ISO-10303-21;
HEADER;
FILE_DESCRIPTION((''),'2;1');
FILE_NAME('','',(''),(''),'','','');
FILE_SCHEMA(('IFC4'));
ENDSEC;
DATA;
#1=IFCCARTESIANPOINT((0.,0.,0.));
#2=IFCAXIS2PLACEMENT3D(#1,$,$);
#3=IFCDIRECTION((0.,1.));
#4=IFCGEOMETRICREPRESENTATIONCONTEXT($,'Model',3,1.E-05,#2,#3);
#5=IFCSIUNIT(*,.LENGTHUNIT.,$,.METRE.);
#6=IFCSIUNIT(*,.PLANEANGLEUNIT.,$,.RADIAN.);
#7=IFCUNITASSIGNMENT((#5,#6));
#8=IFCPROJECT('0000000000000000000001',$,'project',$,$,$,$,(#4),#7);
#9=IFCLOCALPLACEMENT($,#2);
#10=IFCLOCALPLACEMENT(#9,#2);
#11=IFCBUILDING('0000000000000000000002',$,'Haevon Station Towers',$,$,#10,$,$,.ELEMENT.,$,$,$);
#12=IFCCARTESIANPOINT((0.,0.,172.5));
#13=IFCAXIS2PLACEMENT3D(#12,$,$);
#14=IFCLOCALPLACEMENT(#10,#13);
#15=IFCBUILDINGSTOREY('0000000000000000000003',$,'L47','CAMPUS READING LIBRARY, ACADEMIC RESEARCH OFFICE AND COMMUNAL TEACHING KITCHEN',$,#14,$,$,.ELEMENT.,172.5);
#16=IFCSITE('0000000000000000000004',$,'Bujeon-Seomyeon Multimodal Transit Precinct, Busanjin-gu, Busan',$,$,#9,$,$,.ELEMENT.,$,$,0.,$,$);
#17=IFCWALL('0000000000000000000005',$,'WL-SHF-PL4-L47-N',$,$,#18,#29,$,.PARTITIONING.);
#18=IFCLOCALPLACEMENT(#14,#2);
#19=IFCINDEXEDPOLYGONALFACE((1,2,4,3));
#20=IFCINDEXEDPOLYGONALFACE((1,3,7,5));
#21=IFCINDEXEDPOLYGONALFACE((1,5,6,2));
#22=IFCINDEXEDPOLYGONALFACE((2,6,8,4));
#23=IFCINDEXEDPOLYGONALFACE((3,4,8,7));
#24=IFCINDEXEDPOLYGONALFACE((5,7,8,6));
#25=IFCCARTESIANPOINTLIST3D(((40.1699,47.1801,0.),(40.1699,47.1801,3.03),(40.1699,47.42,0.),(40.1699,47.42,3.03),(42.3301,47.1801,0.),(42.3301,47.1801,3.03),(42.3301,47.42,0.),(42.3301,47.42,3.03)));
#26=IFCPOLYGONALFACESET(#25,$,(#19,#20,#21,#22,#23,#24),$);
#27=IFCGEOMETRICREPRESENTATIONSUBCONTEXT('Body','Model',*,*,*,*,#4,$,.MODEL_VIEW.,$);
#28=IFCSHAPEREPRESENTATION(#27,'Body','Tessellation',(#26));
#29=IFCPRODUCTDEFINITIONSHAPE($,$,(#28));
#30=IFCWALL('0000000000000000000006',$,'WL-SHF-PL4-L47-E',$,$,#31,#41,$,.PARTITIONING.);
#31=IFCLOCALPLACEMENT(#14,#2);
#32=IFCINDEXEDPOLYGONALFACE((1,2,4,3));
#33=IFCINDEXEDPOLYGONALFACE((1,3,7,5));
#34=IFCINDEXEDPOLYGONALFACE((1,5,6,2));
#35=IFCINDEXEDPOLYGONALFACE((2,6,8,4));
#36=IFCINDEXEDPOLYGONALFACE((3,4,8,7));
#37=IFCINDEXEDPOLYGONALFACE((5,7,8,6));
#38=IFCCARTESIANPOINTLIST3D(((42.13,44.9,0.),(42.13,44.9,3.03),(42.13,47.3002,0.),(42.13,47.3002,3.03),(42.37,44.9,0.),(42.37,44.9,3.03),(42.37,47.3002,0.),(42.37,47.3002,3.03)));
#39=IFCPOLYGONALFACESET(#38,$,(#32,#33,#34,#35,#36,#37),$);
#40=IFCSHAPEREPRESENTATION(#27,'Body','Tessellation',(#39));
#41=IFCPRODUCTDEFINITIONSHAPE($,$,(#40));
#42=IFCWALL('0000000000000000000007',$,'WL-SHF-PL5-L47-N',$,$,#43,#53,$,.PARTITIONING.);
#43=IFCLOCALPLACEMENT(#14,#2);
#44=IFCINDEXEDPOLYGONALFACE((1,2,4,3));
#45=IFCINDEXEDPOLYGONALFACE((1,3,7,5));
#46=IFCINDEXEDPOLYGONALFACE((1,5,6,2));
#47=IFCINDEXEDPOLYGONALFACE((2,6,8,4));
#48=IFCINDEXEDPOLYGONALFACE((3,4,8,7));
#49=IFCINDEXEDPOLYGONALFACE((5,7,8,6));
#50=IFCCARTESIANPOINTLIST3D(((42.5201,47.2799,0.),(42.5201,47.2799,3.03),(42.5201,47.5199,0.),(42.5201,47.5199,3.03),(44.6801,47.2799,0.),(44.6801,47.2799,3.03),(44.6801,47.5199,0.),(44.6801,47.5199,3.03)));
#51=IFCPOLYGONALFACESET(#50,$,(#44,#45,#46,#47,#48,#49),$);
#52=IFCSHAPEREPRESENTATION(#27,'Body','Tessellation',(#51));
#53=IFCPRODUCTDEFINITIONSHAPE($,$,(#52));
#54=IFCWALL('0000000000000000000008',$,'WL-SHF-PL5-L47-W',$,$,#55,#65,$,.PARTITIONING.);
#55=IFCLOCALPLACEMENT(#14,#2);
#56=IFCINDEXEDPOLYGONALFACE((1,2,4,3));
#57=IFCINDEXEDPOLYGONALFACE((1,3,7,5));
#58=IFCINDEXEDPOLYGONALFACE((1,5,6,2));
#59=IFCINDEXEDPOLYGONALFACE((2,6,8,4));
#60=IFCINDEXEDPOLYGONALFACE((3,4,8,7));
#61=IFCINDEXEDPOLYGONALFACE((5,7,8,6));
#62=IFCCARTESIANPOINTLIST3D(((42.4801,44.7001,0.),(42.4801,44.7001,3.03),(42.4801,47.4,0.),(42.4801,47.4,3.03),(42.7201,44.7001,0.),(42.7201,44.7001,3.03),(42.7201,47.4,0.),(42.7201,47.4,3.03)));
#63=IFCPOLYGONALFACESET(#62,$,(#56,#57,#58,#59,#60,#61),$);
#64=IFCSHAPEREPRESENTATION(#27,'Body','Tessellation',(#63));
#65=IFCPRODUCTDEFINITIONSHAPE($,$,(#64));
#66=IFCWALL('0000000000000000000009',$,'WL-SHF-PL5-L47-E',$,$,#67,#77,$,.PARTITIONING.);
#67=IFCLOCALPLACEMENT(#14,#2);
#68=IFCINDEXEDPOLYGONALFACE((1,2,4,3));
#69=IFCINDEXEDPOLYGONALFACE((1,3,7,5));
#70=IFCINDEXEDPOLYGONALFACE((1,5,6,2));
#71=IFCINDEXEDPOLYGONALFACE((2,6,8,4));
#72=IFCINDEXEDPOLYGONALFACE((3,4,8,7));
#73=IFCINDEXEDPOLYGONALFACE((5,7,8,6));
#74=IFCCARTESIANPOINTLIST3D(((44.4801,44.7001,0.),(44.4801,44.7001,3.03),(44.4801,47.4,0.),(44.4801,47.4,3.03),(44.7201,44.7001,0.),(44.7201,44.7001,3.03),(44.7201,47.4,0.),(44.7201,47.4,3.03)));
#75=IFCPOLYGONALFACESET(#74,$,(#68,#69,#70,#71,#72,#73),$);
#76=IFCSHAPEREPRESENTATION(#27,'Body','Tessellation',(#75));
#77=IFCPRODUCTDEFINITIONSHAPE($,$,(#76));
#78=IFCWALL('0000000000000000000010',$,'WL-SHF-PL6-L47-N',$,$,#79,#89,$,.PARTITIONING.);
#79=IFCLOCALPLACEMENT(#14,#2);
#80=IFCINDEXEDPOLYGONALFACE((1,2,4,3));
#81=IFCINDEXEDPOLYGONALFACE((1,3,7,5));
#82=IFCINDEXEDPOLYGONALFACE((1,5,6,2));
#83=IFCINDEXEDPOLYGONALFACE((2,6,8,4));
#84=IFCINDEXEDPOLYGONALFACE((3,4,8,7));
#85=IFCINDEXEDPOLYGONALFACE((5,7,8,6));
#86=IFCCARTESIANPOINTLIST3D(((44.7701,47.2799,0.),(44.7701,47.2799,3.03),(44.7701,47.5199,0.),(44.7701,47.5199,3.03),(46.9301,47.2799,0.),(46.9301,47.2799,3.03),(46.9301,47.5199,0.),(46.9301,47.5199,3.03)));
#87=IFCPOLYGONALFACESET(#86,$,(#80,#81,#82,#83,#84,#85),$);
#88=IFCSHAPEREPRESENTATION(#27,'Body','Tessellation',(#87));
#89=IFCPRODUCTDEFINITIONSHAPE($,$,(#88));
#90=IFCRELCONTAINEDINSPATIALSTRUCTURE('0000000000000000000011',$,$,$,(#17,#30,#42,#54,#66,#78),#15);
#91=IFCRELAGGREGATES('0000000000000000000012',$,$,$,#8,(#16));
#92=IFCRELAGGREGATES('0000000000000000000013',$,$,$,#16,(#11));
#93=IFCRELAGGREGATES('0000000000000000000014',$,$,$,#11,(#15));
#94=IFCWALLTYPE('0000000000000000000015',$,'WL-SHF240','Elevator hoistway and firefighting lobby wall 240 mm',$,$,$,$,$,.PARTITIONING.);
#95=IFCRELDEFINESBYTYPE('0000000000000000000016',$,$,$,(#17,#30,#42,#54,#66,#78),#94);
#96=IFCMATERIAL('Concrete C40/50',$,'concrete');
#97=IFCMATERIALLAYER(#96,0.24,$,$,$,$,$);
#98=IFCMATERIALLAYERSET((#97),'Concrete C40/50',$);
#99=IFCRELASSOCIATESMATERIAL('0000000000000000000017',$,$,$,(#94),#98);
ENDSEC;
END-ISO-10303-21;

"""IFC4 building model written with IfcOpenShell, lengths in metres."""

from ifc_helpers import new_model, si_unit, direction, frame, frame_2d, origin, place, context, subcontext, project, spatial, rectangle, extrude, material, layer, layer_set, type_object, element, save


model = new_model("IFC4")

# Units and contexts
model_context = context("Model", 3, precision=1e-05, world=origin(), true_north=direction((0.0, 1.0)))
body_context = subcontext(model_context, "Body", "Model", "MODEL_VIEW")
ifc_project = project(units=[si_unit("LENGTHUNIT", "METRE"), si_unit("PLANEANGLEUNIT", "RADIAN")], contexts=[model_context])

# Site, building, storey
site_placement = place(None, origin())
site = spatial("IfcSite", under=ifc_project, at=site_placement, Name="Bujeon-Seomyeon Multimodal Transit Precinct, Busanjin-gu, Busan", CompositionType="ELEMENT", RefElevation=0.0)
building_placement = place(site_placement, origin())
building = spatial("IfcBuilding", under=site, at=building_placement, Name="Haevon Station Towers", CompositionType="ELEMENT")
storey_placement = place(building_placement, frame((0.0, 0.0, 172.5)))
storey = spatial("IfcBuildingStorey", under=building, at=storey_placement, Name="L47", Description="CAMPUS READING LIBRARY, ACADEMIC RESEARCH OFFICE AND COMMUNAL TEACHING KITCHEN", CompositionType="ELEMENT", Elevation=172.5)

# Shared definitions
ifc_material_1 = material(Name="Concrete C40/50", Category="concrete")
ifc_layer_1 = layer(ifc_material_1, 0.24)
ifc_layer_set_1 = layer_set([ifc_layer_1], Name="Concrete C40/50")
wall_type_1 = type_object("IfcWallType", Name="WL-SHF240", Description="Elevator hoistway and firefighting lobby wall 240 mm", PredefinedType="PARTITIONING", material=ifc_layer_set_1)

# Walls
for number, where, z_axis, x_axis, name in (
    (1, (40.1699, 47.3, 0.0), (0.0, 0.0, 1.0), (1.0, 0.0, 0.0), "WL-SHF-PL4-L47-N"),
):
    element("IfcWall", number, at=place(storey_placement, frame(where, z_axis=z_axis, x_axis=x_axis)), inside=storey, type_object=wall_type_1, Name=name, PredefinedType="PARTITIONING", context=body_context, shape_type="SweptSolid", body=[
        extrude(rectangle(XDim=2.1602, YDim=0.24, at=frame_2d((1.0801, 0.0))), origin(), (0.0, 0.0, 1.0), 3.03),
    ])
wall_1_placement = place(storey_placement, frame((42.25, 44.8999, 0.0), z_axis=(0.0, 0.0, 1.0), x_axis=(0.0, 1.0, 0.0)))
element("IfcWall", 2, at=wall_1_placement, inside=storey, type_object=wall_type_1, Name="WL-SHF-PL4-L47-E", PredefinedType="PARTITIONING", context=body_context, shape_type="SweptSolid", body=[
    extrude(rectangle(XDim=2.4001, YDim=0.24, at=frame_2d((1.2002, 0.0))), origin(), (0.0, 0.0, 1.0), 3.03),
])

# Walls
wall_2_placement = place(storey_placement, frame((42.52, 47.3999, 0.0), z_axis=(0.0, 0.0, 1.0), x_axis=(1.0, 0.0, 0.0)))
element("IfcWall", 3, at=wall_2_placement, inside=storey, type_object=wall_type_1, Name="WL-SHF-PL5-L47-N", PredefinedType="PARTITIONING", context=body_context, shape_type="SweptSolid", body=[
    extrude(rectangle(XDim=2.1599, YDim=0.24, at=frame_2d((1.0801, 0.0))), origin(), (0.0, 0.0, 1.0), 3.03),
])
for number, where, z_axis, x_axis, name in (
    (4, (42.6001, 44.7, 0.0), (0.0, 0.0, 1.0), (0.0, 1.0, 0.0), "WL-SHF-PL5-L47-W"),
    (5, (44.6001, 44.7, 0.0), (0.0, 0.0, 1.0), (0.0, 1.0, 0.0), "WL-SHF-PL5-L47-E"),
):
    element("IfcWall", number, at=place(storey_placement, frame(where, z_axis=z_axis, x_axis=x_axis)), inside=storey, type_object=wall_type_1, Name=name, PredefinedType="PARTITIONING", context=body_context, shape_type="SweptSolid", body=[
        extrude(rectangle(XDim=2.7, YDim=0.24, at=frame_2d((1.3501, 0.0))), origin(), (0.0, 0.0, 1.0), 3.03),
    ])

# Wall
wall_3_placement = place(storey_placement, frame((44.77, 47.3999, 0.0), z_axis=(0.0, 0.0, 1.0), x_axis=(1.0, 0.0, 0.0)))
element("IfcWall", 6, at=wall_3_placement, inside=storey, type_object=wall_type_1, Name="WL-SHF-PL6-L47-N", PredefinedType="PARTITIONING", context=body_context, shape_type="SweptSolid", body=[
    extrude(rectangle(XDim=2.1599, YDim=0.24, at=frame_2d((1.0801, 0.0))), origin(), (0.0, 0.0, 1.0), 3.03),
])

save(model, "model.ifc")
